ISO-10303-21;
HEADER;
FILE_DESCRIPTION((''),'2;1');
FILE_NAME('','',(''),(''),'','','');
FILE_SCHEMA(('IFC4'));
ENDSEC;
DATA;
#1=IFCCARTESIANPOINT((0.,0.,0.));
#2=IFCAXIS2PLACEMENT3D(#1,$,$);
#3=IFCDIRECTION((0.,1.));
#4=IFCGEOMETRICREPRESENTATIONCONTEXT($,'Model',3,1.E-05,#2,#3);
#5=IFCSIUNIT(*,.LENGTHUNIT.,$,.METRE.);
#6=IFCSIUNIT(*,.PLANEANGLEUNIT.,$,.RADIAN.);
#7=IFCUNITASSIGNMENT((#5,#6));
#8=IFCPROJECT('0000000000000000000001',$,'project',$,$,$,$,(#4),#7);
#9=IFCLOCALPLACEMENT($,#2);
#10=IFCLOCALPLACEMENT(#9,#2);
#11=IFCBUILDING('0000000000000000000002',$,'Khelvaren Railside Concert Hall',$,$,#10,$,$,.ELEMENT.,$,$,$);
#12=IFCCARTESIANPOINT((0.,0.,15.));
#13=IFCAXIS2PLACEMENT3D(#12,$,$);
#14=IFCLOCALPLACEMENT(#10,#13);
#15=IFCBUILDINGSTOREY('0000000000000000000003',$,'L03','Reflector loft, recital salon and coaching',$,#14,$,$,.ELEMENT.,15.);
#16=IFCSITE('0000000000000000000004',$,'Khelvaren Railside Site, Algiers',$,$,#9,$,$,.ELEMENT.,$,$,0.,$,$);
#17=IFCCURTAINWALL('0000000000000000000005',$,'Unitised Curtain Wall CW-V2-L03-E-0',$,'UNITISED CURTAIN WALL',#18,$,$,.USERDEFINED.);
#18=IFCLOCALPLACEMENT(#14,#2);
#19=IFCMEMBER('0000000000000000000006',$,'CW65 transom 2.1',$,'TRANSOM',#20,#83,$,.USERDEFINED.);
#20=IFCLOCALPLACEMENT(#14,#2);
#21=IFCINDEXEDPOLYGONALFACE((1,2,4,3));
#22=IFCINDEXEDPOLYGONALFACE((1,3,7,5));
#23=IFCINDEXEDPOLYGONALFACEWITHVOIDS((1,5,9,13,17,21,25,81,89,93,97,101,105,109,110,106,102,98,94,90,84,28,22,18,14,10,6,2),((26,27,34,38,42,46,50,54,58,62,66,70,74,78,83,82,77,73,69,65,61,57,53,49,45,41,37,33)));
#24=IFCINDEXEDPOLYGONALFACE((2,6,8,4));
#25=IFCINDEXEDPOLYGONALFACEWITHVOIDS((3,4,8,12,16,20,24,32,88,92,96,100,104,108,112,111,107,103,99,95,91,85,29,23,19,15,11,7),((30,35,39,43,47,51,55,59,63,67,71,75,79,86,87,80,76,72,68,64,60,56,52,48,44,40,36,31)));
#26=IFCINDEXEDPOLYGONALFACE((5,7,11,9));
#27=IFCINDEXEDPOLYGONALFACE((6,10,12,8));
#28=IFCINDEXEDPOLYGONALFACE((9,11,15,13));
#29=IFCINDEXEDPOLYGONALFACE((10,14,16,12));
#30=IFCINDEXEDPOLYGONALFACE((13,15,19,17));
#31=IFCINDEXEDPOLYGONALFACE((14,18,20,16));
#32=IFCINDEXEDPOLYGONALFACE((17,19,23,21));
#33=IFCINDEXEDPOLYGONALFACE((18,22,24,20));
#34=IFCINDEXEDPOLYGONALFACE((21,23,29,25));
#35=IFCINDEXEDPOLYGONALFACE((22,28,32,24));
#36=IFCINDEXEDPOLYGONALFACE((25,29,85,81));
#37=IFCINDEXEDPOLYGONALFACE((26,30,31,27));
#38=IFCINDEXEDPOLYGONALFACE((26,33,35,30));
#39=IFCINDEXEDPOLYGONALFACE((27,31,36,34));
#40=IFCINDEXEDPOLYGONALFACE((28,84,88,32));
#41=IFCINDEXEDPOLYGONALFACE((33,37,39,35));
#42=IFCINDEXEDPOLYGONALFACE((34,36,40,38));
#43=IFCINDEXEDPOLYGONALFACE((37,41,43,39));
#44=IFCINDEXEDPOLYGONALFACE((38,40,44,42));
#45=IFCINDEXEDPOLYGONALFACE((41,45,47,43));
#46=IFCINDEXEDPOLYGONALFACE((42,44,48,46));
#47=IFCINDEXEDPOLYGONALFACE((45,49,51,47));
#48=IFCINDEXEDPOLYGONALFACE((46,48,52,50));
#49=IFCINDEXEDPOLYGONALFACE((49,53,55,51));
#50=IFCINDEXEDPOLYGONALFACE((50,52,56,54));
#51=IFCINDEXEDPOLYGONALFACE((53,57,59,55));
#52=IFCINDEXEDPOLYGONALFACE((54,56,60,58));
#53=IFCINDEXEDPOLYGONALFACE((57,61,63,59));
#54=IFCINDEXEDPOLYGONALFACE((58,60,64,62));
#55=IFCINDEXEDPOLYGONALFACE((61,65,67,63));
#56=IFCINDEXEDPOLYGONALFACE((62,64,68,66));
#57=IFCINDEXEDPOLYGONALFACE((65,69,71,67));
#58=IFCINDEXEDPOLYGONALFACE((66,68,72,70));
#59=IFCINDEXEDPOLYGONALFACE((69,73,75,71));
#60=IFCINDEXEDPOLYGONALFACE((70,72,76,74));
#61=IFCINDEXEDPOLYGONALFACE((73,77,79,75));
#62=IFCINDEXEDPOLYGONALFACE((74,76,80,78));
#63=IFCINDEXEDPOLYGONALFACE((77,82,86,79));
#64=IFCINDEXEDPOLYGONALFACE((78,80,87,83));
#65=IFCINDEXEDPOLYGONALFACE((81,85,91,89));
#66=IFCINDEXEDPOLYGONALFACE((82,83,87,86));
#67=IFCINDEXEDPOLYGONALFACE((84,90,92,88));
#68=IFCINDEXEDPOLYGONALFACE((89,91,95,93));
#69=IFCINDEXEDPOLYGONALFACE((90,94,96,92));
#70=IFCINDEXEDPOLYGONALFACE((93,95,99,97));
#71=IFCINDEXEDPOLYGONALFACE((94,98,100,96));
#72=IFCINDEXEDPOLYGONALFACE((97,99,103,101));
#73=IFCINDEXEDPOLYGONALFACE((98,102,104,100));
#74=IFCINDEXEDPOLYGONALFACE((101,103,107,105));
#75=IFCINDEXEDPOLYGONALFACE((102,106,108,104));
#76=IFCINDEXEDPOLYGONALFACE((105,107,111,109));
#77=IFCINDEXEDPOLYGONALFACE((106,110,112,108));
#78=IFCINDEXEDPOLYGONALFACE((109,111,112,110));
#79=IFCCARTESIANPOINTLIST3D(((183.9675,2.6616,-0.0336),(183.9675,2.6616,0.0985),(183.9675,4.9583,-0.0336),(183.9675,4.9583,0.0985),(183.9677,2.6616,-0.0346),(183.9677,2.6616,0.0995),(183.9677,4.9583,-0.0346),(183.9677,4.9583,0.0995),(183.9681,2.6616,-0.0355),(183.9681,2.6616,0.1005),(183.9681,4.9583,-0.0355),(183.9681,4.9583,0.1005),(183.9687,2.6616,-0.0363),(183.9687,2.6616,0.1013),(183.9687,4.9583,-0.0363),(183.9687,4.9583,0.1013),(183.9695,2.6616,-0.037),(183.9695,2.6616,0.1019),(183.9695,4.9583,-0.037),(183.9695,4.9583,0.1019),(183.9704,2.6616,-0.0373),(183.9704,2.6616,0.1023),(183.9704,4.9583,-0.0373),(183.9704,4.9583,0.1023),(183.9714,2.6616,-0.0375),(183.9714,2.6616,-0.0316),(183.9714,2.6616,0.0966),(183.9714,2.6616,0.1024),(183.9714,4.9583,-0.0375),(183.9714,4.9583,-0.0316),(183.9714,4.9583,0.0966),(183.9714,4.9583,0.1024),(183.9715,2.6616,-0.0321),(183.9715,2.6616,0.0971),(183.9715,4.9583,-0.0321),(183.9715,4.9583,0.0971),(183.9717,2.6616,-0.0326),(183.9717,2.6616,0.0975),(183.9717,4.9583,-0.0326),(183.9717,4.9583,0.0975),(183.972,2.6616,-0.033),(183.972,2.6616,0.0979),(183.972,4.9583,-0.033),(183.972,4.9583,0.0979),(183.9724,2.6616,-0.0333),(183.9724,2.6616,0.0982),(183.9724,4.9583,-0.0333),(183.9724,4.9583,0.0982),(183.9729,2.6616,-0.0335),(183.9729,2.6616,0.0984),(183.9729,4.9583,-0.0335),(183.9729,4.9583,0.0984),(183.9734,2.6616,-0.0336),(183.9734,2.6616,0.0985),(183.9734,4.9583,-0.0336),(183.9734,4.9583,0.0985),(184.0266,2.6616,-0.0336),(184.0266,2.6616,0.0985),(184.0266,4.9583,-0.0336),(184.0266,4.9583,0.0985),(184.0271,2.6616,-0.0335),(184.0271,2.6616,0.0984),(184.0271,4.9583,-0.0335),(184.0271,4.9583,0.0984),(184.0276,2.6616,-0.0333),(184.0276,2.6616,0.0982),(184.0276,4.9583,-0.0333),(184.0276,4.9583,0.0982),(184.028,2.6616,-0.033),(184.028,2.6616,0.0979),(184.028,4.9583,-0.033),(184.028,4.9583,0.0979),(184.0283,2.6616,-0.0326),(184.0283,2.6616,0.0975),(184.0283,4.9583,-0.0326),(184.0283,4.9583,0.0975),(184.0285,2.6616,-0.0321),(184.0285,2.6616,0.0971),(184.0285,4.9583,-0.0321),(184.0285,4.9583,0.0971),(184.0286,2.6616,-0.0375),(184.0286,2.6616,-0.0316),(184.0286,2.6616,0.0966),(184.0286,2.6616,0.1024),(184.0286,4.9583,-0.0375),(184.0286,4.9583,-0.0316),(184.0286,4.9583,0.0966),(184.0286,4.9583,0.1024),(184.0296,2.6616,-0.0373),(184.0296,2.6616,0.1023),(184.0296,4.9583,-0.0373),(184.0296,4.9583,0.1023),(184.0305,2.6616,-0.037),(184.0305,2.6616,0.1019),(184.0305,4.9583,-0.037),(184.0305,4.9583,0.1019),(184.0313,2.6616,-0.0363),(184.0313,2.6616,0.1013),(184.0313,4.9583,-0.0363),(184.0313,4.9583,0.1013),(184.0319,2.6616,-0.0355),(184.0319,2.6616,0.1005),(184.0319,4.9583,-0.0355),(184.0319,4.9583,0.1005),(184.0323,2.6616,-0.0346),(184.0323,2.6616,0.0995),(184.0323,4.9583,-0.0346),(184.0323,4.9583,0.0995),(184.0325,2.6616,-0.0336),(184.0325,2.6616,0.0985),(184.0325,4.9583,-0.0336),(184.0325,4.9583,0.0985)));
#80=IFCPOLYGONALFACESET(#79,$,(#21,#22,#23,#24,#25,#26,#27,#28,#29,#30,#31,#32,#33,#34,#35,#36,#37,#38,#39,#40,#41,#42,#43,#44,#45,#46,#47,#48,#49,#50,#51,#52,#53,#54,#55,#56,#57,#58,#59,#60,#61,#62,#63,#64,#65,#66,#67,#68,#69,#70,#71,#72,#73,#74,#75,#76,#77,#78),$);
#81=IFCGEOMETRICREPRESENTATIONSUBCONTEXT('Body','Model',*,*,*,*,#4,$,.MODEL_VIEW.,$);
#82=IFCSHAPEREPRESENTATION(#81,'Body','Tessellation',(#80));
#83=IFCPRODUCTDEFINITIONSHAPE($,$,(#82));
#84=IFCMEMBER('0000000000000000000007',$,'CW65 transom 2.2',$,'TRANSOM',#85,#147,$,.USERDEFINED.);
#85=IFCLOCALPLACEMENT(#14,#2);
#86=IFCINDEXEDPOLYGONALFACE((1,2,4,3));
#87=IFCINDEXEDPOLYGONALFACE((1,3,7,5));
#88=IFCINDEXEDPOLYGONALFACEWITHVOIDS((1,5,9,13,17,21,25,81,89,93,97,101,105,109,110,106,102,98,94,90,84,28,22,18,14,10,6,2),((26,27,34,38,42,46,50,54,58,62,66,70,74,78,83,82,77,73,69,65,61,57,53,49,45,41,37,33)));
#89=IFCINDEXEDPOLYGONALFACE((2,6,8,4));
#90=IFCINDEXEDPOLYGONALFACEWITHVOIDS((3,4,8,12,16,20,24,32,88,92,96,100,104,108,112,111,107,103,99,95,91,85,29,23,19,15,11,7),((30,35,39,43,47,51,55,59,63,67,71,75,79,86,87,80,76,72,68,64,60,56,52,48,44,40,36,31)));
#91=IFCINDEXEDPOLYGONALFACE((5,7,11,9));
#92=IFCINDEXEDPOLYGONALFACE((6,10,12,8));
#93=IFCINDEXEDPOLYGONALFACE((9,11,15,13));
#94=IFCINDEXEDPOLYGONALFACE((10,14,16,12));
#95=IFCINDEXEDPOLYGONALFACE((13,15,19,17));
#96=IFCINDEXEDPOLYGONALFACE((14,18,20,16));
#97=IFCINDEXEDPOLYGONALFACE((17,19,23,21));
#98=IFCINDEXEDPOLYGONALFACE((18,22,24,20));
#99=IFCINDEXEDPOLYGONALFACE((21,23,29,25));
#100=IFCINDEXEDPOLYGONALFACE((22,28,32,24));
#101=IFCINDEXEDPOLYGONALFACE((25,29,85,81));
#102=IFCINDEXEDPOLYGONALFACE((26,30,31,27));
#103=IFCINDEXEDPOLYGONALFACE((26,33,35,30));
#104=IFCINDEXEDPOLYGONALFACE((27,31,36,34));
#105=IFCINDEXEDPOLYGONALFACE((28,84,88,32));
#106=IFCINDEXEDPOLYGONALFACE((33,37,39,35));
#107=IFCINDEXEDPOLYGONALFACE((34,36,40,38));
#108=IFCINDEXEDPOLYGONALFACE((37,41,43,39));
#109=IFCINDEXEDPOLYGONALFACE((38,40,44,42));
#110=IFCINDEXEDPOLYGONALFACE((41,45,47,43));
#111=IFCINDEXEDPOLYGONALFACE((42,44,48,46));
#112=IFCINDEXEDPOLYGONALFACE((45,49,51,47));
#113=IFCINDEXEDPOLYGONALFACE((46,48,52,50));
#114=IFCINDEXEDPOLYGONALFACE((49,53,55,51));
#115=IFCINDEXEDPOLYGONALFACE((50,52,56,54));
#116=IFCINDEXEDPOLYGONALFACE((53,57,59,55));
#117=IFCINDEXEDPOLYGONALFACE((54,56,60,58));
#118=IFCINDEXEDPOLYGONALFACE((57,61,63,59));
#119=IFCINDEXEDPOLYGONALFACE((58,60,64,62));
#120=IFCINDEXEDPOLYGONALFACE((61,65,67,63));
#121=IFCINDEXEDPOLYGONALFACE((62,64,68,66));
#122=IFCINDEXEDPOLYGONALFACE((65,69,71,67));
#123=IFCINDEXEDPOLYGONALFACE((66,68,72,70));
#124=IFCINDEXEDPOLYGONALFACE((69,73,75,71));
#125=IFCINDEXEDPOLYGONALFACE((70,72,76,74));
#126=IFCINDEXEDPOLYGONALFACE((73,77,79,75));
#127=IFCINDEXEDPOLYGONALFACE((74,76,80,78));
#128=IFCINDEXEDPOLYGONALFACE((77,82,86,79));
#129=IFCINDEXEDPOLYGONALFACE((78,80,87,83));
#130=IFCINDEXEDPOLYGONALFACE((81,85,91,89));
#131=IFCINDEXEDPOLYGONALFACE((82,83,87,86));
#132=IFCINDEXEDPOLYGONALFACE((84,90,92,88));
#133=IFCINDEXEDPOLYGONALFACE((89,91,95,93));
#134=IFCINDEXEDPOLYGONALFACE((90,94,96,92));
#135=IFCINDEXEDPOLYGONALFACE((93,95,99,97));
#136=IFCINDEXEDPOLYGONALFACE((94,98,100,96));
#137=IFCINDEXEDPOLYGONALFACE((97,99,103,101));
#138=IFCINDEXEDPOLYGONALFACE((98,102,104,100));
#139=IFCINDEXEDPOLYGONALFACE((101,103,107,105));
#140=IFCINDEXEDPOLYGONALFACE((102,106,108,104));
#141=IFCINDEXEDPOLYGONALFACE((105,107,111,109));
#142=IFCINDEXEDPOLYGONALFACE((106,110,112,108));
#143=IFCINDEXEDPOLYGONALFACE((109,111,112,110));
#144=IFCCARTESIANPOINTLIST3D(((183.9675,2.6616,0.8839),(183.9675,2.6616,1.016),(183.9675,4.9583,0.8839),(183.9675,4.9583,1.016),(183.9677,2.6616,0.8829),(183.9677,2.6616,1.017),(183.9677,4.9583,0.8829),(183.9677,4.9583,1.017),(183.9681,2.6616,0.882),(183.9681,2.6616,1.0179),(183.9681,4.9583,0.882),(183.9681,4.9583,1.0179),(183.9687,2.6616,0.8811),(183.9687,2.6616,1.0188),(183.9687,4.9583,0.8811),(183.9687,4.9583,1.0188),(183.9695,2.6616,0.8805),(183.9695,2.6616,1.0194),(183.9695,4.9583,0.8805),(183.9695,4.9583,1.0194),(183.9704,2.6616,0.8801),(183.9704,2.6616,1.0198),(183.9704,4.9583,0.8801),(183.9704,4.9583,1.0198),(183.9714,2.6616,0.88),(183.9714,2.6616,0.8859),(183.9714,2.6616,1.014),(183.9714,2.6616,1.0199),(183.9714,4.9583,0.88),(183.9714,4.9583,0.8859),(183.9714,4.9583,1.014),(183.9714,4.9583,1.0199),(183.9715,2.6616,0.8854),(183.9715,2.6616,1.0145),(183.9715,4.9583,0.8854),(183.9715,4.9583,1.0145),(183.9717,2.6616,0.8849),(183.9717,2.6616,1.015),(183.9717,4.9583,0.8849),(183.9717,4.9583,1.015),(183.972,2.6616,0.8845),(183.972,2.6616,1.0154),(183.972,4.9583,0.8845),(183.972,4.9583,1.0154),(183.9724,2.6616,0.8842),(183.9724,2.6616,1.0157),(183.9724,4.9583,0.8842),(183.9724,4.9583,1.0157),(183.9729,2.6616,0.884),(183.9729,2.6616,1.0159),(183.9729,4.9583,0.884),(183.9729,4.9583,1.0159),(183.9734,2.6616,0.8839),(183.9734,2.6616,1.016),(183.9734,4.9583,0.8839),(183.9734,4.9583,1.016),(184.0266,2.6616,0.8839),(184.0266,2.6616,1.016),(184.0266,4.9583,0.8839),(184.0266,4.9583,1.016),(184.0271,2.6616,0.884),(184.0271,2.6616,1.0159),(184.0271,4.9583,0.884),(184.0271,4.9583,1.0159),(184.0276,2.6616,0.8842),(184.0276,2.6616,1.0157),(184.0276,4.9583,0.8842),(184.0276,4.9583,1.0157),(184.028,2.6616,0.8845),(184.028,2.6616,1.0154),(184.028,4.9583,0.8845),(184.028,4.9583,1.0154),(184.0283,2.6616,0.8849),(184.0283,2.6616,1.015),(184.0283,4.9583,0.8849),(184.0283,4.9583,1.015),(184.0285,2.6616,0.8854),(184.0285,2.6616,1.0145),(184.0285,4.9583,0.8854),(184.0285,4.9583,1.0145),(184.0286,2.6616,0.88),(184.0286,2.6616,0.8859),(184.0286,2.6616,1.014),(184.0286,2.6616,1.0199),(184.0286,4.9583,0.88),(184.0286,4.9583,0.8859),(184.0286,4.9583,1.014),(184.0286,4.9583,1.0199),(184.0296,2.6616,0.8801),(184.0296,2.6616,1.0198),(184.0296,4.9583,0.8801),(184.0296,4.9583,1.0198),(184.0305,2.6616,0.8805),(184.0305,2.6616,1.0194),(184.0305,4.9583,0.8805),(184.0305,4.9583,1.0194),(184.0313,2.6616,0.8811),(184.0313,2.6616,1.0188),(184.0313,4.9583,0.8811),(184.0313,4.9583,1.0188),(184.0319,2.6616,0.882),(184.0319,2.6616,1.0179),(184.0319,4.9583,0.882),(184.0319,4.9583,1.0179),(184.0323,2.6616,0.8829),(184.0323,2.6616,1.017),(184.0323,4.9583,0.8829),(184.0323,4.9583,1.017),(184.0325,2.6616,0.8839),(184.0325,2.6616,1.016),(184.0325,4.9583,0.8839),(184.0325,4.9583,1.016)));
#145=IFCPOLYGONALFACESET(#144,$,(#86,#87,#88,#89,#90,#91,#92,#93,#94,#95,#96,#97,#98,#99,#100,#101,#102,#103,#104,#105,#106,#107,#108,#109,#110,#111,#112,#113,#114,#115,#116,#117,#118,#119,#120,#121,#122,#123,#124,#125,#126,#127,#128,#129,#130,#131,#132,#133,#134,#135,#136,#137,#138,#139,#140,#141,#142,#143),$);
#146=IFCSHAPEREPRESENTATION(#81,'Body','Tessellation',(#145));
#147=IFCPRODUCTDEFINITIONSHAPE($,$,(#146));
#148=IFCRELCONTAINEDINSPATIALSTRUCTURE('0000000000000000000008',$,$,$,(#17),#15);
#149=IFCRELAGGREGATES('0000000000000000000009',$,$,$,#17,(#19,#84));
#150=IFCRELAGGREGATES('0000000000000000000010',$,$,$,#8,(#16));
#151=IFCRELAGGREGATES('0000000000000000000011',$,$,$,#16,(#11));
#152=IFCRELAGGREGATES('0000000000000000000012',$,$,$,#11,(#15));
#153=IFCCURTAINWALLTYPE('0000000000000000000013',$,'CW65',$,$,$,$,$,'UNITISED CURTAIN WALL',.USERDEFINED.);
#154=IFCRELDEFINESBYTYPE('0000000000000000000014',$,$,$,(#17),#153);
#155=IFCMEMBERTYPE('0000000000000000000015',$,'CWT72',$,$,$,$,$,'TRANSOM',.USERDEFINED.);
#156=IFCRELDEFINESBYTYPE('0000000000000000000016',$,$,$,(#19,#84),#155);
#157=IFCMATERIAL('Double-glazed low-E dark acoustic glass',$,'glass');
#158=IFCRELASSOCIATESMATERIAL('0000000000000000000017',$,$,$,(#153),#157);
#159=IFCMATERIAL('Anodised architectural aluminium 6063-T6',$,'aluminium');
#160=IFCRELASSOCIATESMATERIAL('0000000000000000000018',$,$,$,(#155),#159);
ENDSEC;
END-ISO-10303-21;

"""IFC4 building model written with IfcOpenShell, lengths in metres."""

from ifc_helpers import new_model, si_unit, direction, frame, origin, origin_2d, place, context, subcontext, project, spatial, hollow_rectangle, extrude, material, material_profile, profile_set, type_object, element, aggregate, save


model = new_model("IFC4")

# Units and contexts
model_context = context("Model", 3, precision=1e-05, world=origin(), true_north=direction((0.0, 1.0)))
body_context = subcontext(model_context, "Body", "Model", "MODEL_VIEW")
ifc_project = project(units=[si_unit("LENGTHUNIT", "METRE"), si_unit("PLANEANGLEUNIT", "RADIAN")], contexts=[model_context])

# Site, building, storey
site_placement = place(None, origin())
site = spatial("IfcSite", under=ifc_project, at=site_placement, Name="Khelvaren Railside Site, Algiers", CompositionType="ELEMENT", RefElevation=0.0)
building_placement = place(site_placement, origin())
building = spatial("IfcBuilding", under=site, at=building_placement, Name="Khelvaren Railside Concert Hall", CompositionType="ELEMENT")
storey_placement = place(building_placement, frame((0.0, 0.0, 15.0)))
storey = spatial("IfcBuildingStorey", under=building, at=storey_placement, Name="L03", Description="Reflector loft, recital salon and coaching", CompositionType="ELEMENT", Elevation=15.0)

# Curtain wall
ifc_material_1 = material(Name="Double-glazed low-E dark acoustic glass", Category="glass")
ifc_material_2 = material(Name="Anodised architectural aluminium 6063-T6", Category="aluminium")
curtain_wall_type_1 = type_object("IfcCurtainWallType", Name="CW65", ElementType="UNITISED CURTAIN WALL", PredefinedType="USERDEFINED", material=ifc_material_1)
curtain_wall_1_placement = place(storey_placement, origin())
curtain_wall_1 = element("IfcCurtainWall", 1, at=curtain_wall_1_placement, inside=storey, type_object=curtain_wall_type_1, Name="Unitised Curtain Wall CW-V2-L03-E-0", ObjectType="UNITISED CURTAIN WALL", PredefinedType="USERDEFINED")

# Members
ifc_material_profile_1 = material_profile(ifc_material_2, hollow_rectangle(XDim=0.0649, YDim=0.1399, WallThickness=0.0039, InnerFilletRadius=0.002, OuterFilletRadius=0.0039, at=origin_2d()), Name="CWT 65x140x4")
ifc_profile_set_1 = profile_set([ifc_material_profile_1], Name="Anodised architectural aluminium 6063-T6")
member_type_1 = type_object("IfcMemberType", Name="CWT72", ElementType="TRANSOM", PredefinedType="USERDEFINED", material=ifc_profile_set_1)
member_1_placement = place(storey_placement, frame((184.0, 4.9583, 0.0325), z_axis=(0.0, -1.0, 0.0), x_axis=(1.0, 0.0, 0.0)))
member_1 = element("IfcMember", 2, at=member_1_placement, type_object=member_type_1, Name="CW65 transom 2.1", ObjectType="TRANSOM", PredefinedType="USERDEFINED", context=body_context, shape_type="SweptSolid", body=[
    extrude(hollow_rectangle(XDim=0.0649, YDim=0.1399, WallThickness=0.0039, InnerFilletRadius=0.002, OuterFilletRadius=0.0039, at=origin_2d()), origin(), (0.0, 0.0, 1.0), 2.2966),
])
member_2_placement = place(storey_placement, frame((184.0, 4.9583, 0.95), z_axis=(0.0, -1.0, 0.0), x_axis=(1.0, 0.0, 0.0)))
member_2 = element("IfcMember", 3, at=member_2_placement, type_object=member_type_1, Name="CW65 transom 2.2", ObjectType="TRANSOM", PredefinedType="USERDEFINED", context=body_context, shape_type="SweptSolid", body=[
    extrude(hollow_rectangle(XDim=0.0649, YDim=0.1399, WallThickness=0.0039, InnerFilletRadius=0.002, OuterFilletRadius=0.0039, at=origin_2d()), origin(), (0.0, 0.0, 1.0), 2.2966),
])

aggregate(curtain_wall_1, [member_1, member_2])

save(model, "model.ifc")
